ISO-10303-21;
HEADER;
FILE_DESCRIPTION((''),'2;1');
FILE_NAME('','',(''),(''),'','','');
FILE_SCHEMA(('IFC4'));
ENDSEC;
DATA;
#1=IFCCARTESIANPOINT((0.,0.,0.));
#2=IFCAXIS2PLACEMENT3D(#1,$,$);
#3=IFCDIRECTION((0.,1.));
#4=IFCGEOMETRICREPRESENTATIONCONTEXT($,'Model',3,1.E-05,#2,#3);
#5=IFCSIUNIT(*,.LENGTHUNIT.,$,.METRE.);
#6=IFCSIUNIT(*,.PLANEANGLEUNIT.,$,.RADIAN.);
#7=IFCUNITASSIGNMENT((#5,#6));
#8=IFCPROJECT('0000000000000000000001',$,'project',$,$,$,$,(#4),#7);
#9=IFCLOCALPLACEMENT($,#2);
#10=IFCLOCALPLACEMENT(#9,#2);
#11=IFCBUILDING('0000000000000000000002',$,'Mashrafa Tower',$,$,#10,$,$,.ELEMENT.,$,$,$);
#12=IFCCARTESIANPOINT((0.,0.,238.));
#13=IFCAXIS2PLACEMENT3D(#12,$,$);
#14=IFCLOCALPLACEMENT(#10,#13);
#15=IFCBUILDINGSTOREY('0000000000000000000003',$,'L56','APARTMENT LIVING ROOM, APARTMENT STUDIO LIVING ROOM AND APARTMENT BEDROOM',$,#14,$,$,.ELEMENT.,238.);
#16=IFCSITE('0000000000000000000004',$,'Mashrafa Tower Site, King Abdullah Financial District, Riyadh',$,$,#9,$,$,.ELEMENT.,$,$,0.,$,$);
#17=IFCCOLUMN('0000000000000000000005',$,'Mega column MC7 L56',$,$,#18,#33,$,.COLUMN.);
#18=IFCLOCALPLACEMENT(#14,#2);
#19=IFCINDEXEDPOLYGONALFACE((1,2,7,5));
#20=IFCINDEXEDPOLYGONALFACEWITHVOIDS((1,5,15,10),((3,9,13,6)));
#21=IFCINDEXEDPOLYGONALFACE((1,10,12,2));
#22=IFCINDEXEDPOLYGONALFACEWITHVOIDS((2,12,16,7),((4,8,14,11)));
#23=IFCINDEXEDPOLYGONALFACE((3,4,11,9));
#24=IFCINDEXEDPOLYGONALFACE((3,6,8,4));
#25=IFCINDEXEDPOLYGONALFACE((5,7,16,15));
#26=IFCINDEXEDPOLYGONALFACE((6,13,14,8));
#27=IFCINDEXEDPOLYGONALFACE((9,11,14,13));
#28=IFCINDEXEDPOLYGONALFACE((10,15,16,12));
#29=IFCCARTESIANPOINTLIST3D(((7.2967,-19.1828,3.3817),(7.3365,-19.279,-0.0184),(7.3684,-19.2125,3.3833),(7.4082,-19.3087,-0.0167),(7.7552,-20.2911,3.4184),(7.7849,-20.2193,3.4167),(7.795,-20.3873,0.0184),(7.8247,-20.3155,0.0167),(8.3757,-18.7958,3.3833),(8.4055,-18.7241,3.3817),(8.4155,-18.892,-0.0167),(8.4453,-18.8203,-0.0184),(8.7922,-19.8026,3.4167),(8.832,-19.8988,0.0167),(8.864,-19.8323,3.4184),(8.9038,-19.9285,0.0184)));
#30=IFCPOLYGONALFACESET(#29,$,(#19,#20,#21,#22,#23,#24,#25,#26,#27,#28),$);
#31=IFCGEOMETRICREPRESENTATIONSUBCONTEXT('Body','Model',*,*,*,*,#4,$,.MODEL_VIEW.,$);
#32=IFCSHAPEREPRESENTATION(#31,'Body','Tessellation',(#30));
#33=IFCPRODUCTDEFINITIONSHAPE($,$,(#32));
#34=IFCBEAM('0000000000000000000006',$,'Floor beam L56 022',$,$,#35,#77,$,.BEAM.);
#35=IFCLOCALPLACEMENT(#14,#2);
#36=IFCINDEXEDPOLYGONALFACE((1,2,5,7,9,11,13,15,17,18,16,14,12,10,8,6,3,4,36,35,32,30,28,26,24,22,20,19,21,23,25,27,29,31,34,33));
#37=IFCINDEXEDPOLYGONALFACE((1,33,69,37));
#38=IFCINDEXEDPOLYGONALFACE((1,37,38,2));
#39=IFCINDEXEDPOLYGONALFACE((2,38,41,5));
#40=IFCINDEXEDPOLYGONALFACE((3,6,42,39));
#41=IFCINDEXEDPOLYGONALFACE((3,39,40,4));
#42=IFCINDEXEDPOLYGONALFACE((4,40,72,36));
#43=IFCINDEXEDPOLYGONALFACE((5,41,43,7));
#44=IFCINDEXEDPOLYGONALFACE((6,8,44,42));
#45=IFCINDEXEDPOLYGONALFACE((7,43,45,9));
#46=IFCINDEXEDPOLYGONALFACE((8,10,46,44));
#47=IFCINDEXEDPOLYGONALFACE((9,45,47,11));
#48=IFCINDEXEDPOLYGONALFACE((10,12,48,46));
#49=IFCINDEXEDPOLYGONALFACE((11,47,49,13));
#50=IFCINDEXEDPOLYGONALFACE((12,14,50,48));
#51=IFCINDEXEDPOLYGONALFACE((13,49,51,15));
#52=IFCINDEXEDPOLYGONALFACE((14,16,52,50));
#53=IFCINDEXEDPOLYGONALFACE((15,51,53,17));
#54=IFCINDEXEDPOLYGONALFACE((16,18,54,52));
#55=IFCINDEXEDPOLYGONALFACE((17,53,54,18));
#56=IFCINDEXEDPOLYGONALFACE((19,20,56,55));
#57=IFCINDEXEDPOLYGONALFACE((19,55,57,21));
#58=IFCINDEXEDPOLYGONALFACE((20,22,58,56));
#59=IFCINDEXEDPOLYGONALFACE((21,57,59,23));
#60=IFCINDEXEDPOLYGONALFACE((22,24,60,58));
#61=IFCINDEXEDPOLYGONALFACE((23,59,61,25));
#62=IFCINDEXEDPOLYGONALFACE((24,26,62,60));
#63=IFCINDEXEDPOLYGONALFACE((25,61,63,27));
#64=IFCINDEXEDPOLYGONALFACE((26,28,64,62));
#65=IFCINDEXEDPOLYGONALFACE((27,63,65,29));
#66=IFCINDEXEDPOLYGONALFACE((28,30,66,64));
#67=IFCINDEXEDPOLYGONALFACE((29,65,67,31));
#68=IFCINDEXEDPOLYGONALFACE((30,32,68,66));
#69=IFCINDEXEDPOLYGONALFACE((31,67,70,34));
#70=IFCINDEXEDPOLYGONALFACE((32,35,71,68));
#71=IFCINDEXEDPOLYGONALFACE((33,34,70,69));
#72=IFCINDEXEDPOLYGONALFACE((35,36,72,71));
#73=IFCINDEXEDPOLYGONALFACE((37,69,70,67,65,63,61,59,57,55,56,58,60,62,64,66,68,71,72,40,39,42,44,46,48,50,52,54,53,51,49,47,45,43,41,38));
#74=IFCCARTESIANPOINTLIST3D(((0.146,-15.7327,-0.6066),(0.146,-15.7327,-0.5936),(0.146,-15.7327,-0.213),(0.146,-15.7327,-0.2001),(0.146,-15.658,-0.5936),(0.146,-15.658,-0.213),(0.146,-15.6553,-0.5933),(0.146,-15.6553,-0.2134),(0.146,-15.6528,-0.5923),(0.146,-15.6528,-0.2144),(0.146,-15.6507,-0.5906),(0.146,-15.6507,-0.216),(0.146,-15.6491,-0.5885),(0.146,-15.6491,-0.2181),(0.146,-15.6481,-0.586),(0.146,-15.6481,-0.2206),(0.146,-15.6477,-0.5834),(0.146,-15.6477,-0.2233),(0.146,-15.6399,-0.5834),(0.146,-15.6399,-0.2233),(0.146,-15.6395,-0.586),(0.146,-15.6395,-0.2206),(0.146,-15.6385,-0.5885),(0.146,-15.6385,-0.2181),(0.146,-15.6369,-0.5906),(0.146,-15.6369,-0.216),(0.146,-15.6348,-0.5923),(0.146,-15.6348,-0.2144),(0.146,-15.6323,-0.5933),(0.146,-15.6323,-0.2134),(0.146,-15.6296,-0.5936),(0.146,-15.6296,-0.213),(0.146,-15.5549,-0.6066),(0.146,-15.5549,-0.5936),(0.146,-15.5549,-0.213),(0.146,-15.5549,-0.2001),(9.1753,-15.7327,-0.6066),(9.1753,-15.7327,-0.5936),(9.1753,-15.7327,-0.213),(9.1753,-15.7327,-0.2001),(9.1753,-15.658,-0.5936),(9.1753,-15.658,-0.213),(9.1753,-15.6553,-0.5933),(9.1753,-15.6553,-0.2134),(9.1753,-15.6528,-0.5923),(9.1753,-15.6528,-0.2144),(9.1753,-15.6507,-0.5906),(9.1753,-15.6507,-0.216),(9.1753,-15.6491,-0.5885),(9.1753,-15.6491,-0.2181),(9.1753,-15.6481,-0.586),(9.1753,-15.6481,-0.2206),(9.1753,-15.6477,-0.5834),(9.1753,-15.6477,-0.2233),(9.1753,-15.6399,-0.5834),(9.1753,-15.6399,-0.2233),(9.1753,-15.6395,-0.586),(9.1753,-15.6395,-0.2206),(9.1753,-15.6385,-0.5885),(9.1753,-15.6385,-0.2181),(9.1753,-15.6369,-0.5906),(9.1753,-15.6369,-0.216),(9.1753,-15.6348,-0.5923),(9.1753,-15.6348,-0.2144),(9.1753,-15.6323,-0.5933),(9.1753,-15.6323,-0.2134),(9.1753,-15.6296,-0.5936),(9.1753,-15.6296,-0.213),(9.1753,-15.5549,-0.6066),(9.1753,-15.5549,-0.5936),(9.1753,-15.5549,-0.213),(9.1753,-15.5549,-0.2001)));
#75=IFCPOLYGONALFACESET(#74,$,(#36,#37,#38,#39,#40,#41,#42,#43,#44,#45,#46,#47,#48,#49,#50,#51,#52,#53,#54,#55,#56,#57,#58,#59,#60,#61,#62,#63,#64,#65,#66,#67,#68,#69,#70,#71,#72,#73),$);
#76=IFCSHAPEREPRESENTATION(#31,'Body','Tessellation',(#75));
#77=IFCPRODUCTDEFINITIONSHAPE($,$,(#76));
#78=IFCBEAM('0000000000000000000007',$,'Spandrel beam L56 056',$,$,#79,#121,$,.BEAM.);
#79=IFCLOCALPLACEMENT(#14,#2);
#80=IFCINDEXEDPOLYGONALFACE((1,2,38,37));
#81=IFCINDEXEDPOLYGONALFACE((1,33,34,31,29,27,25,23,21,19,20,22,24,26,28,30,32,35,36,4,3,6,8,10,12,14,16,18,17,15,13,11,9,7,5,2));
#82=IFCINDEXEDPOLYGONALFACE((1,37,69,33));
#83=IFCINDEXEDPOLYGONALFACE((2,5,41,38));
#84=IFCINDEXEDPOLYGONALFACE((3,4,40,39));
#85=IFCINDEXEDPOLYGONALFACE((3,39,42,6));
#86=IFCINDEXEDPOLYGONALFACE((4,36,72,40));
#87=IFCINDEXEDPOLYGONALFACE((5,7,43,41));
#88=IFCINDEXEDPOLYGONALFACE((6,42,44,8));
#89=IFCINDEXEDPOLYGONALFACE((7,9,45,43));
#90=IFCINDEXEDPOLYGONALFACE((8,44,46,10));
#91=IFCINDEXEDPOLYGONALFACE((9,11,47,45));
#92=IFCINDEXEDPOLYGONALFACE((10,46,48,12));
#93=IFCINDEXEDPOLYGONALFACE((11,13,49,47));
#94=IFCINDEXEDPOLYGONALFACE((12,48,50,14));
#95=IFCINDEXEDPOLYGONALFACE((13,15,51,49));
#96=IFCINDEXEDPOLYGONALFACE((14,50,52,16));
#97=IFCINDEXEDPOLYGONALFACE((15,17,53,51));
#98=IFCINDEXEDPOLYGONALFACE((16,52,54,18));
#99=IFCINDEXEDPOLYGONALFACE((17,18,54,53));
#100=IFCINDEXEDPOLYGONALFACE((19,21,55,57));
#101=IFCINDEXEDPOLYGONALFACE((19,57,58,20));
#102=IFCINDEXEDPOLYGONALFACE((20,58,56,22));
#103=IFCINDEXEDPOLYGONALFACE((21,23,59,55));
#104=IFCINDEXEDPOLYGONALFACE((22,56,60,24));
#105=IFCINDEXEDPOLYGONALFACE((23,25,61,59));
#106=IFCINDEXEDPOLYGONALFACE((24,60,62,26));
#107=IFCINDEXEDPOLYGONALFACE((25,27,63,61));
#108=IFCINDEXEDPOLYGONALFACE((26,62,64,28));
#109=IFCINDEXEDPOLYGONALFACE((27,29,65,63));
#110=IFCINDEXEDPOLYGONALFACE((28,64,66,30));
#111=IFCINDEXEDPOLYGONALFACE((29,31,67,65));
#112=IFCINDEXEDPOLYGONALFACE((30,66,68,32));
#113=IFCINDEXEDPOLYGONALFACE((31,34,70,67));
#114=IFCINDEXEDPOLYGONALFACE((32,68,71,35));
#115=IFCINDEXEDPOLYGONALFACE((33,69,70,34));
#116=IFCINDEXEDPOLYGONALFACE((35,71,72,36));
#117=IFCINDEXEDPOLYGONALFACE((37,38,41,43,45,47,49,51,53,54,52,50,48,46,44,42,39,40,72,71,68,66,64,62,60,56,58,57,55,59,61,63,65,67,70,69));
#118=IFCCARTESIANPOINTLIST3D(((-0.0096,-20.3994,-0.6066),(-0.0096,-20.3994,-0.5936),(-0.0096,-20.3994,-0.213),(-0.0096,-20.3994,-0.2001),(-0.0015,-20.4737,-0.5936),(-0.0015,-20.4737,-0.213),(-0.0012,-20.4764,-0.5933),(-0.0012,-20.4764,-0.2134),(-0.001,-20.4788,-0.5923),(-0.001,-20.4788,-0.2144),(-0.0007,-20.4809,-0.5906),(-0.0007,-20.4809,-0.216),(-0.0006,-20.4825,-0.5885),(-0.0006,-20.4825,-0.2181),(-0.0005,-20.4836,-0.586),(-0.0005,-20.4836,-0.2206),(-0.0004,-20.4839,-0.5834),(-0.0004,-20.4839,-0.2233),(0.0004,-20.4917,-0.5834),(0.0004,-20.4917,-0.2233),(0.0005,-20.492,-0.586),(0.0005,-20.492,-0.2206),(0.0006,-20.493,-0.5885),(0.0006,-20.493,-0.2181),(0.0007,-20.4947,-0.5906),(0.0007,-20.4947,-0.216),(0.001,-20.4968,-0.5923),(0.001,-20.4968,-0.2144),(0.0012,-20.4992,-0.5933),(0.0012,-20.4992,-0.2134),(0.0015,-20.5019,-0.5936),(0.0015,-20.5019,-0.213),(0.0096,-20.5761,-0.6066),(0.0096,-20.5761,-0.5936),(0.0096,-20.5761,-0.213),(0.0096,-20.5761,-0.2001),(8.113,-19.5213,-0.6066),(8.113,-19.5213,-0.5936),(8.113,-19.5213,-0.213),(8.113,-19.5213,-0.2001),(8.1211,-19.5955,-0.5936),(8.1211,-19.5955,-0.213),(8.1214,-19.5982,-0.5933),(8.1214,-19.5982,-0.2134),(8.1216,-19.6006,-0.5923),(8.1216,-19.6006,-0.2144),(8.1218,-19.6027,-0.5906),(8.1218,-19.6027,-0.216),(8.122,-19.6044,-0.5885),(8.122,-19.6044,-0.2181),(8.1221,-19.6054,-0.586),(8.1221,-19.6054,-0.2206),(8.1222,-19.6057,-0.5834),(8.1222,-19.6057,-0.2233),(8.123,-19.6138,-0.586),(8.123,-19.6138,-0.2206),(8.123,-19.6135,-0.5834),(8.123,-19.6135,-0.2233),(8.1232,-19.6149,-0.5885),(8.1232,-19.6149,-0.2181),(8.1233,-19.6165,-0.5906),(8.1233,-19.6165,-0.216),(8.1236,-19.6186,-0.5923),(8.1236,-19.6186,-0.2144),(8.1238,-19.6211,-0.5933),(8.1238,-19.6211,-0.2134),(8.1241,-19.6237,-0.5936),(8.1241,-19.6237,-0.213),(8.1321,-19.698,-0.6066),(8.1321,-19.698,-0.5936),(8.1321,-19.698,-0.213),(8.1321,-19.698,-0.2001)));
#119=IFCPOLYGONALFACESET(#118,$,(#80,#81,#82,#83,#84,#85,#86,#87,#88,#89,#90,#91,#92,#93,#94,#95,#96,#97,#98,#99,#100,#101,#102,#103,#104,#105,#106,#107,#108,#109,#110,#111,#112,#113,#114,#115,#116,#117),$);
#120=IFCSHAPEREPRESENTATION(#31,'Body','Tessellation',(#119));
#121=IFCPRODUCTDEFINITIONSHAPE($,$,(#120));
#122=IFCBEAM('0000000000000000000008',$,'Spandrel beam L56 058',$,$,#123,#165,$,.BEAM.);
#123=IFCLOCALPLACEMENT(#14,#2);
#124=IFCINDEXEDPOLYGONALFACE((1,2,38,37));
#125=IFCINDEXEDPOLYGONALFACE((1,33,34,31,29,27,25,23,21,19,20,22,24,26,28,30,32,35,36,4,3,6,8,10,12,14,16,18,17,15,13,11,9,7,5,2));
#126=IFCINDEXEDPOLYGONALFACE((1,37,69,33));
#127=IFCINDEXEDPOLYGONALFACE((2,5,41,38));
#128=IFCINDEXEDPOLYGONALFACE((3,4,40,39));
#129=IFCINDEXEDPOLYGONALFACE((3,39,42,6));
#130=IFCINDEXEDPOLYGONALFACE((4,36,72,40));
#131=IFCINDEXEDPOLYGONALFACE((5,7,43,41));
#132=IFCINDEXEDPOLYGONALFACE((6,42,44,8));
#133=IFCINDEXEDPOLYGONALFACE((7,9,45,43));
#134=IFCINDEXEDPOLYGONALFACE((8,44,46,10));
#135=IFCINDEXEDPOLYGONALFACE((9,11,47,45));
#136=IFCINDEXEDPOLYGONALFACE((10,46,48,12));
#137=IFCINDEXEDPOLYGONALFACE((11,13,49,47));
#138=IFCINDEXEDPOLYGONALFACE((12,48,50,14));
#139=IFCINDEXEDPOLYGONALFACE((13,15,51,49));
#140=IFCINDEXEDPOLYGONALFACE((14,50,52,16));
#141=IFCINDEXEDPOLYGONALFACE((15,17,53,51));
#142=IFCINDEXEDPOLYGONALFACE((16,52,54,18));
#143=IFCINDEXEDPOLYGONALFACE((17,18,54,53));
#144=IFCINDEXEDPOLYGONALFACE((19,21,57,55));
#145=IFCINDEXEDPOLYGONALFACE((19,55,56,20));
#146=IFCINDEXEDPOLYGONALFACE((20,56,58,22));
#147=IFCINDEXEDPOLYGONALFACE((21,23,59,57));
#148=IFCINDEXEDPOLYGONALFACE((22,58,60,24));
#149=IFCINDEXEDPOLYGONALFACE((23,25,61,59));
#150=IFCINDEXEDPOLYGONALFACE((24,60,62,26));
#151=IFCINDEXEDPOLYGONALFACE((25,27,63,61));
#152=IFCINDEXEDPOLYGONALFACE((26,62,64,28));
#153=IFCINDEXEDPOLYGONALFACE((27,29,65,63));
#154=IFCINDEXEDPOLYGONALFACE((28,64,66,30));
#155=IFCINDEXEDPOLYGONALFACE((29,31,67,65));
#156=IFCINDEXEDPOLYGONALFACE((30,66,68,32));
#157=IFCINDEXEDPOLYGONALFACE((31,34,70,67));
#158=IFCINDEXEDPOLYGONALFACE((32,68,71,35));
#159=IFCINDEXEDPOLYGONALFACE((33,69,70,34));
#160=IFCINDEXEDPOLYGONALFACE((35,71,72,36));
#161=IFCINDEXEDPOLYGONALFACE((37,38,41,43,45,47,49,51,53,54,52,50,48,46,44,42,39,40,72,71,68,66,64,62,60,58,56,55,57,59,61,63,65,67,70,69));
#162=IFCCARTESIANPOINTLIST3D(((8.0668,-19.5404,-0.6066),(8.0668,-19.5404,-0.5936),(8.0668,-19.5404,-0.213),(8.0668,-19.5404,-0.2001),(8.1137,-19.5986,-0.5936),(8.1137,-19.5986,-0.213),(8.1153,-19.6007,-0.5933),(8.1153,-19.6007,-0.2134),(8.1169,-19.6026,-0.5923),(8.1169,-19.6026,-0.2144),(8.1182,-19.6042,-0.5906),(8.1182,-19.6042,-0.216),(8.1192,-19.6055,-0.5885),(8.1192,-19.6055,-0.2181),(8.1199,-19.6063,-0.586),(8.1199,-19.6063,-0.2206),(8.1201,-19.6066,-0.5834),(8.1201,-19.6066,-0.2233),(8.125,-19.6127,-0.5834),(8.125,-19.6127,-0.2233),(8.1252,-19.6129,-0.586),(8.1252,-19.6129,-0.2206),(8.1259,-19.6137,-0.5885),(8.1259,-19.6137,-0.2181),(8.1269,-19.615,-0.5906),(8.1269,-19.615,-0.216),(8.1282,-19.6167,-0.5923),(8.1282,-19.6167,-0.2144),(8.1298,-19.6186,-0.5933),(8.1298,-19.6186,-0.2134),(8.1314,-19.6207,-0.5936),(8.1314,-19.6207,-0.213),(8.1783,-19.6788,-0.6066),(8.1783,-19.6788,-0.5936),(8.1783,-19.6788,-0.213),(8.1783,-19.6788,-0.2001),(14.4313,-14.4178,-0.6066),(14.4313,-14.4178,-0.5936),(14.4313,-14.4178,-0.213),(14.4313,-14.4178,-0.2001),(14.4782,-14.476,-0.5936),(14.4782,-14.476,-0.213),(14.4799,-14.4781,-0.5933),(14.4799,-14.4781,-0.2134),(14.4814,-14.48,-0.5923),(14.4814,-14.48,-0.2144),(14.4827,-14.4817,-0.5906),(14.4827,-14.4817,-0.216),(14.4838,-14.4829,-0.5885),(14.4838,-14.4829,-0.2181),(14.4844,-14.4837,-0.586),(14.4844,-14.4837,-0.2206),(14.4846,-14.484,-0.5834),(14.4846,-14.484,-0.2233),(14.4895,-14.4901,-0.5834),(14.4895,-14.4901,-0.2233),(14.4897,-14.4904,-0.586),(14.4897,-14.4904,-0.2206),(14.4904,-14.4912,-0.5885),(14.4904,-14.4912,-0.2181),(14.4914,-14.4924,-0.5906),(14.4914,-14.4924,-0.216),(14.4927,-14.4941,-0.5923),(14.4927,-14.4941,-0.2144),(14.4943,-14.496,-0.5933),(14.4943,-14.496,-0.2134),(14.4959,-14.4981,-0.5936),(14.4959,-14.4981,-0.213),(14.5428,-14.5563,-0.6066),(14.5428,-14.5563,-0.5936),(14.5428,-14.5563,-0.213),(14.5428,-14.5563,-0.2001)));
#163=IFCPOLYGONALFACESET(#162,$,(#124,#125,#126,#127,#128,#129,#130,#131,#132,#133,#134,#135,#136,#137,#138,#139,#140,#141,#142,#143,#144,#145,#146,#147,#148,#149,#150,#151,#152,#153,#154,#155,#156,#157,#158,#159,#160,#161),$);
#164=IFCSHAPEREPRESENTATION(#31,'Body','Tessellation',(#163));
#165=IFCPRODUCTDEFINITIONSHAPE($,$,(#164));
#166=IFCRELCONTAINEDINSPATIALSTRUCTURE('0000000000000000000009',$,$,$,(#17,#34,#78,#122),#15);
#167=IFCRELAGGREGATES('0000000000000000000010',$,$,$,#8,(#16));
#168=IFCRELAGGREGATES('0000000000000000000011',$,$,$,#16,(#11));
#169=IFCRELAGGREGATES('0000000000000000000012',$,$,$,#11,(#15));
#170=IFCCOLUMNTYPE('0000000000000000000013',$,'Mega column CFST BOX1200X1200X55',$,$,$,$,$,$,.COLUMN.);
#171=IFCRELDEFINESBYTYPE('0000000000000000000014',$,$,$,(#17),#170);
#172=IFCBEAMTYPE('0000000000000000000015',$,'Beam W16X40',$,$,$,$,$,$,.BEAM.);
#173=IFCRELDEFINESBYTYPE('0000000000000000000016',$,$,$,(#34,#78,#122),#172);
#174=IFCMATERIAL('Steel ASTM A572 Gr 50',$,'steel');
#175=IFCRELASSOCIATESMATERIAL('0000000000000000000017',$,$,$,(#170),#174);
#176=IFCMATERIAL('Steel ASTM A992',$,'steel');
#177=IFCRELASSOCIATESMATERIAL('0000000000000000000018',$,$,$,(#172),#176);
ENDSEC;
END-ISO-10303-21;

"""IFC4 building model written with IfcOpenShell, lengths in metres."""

from ifc_helpers import new_model, si_unit, direction, frame, origin, origin_2d, place, context, subcontext, project, spatial, hollow_rectangle, i_section, extrude, material, material_profile, profile_set, type_object, element, save


model = new_model("IFC4")

# Units and contexts
model_context = context("Model", 3, precision=1e-05, world=origin(), true_north=direction((0.0, 1.0)))
body_context = subcontext(model_context, "Body", "Model", "MODEL_VIEW")
ifc_project = project(units=[si_unit("LENGTHUNIT", "METRE"), si_unit("PLANEANGLEUNIT", "RADIAN")], contexts=[model_context])

# Site, building, storey
site_placement = place(None, origin())
site = spatial("IfcSite", under=ifc_project, at=site_placement, Name="Mashrafa Tower Site, King Abdullah Financial District, Riyadh", CompositionType="ELEMENT", RefElevation=0.0)
building_placement = place(site_placement, origin())
building = spatial("IfcBuilding", under=site, at=building_placement, Name="Mashrafa Tower", CompositionType="ELEMENT")
storey_placement = place(building_placement, frame((0.0, 0.0, 238.0)))
storey = spatial("IfcBuildingStorey", under=building, at=storey_placement, Name="L56", Description="APARTMENT LIVING ROOM, APARTMENT STUDIO LIVING ROOM AND APARTMENT BEDROOM", CompositionType="ELEMENT", Elevation=238.0)

# Column
ifc_material_1 = material(Name="Steel ASTM A572 Gr 50", Category="steel")
ifc_material_profile_1 = material_profile(ifc_material_1, hollow_rectangle(XDim=1.2, YDim=1.2, WallThickness=0.0549, at=origin_2d()), Name="BOX1200X1200X55")
ifc_profile_set_1 = profile_set([ifc_material_profile_1], Name="Steel ASTM A572 Gr 50")
column_type = type_object("IfcColumnType", Name="Mega column CFST BOX1200X1200X55", PredefinedType="COLUMN", material=ifc_profile_set_1)
column_placement = place(storey_placement, frame((8.1201, -19.6038, 0.0), z_axis=(-0.011699, 0.028279, 0.999532), x_axis=(-0.924045, -0.382283, 0.0)))
element("IfcColumn", 1, at=column_placement, inside=storey, type_object=column_type, Name="Mega column MC7 L56", PredefinedType="COLUMN", context=body_context, shape_type="SweptSolid", body=[
    extrude(hollow_rectangle(XDim=1.2, YDim=1.2, WallThickness=0.0549, at=origin_2d()), origin(), (0.0, 0.0, 1.0), 3.4016),
])

# Beams
ifc_material_2 = material(Name="Steel ASTM A992", Category="steel")
ifc_material_profile_2 = material_profile(ifc_material_2, i_section(OverallWidth=0.1777, OverallDepth=0.4065, WebThickness=0.0078, FlangeThickness=0.0129, FilletRadius=0.0103, at=origin_2d()), Name="W16X40")
ifc_profile_set_2 = profile_set([ifc_material_profile_2], Name="Steel ASTM A992")
beam_type_1 = type_object("IfcBeamType", Name="Beam W16X40", PredefinedType="BEAM", material=ifc_profile_set_2)
beam_1_placement = place(storey_placement, frame((9.1753, -15.6438, -0.4033), z_axis=(-1.0, 0.0, 0.0), x_axis=(0.0, -1.0, 0.0)))
element("IfcBeam", 2, at=beam_1_placement, inside=storey, type_object=beam_type_1, Name="Floor beam L56 022", PredefinedType="BEAM", context=body_context, shape_type="SweptSolid", body=[
    extrude(i_section(OverallWidth=0.1777, OverallDepth=0.4065, WebThickness=0.0078, FlangeThickness=0.0129, FilletRadius=0.0103, at=origin_2d()), origin(), (0.0, 0.0, 1.0), 9.0293),
])
for number, where, z_axis, x_axis, name in (
    (3, (0.0, -20.4878, -0.4033), (0.994206, 0.107489, 0.0), (-0.107489, 0.994206, 0.0), "Spandrel beam L56 056"),
    (4, (8.1226, -19.6096, -0.4033), (0.779017, 0.627003, 0.0), (-0.627003, 0.779017, 0.0), "Spandrel beam L56 058"),
):
    element("IfcBeam", number, at=place(storey_placement, frame(where, z_axis=z_axis, x_axis=x_axis)), inside=storey, type_object=beam_type_1, Name=name, PredefinedType="BEAM", context=body_context, shape_type="SweptSolid", body=[
        extrude(i_section(OverallWidth=0.1777, OverallDepth=0.4065, WebThickness=0.0078, FlangeThickness=0.0129, FilletRadius=0.0103, at=origin_2d()), origin(), (0.0, 0.0, 1.0), 8.1699),
    ])

save(model, "model.ifc")
